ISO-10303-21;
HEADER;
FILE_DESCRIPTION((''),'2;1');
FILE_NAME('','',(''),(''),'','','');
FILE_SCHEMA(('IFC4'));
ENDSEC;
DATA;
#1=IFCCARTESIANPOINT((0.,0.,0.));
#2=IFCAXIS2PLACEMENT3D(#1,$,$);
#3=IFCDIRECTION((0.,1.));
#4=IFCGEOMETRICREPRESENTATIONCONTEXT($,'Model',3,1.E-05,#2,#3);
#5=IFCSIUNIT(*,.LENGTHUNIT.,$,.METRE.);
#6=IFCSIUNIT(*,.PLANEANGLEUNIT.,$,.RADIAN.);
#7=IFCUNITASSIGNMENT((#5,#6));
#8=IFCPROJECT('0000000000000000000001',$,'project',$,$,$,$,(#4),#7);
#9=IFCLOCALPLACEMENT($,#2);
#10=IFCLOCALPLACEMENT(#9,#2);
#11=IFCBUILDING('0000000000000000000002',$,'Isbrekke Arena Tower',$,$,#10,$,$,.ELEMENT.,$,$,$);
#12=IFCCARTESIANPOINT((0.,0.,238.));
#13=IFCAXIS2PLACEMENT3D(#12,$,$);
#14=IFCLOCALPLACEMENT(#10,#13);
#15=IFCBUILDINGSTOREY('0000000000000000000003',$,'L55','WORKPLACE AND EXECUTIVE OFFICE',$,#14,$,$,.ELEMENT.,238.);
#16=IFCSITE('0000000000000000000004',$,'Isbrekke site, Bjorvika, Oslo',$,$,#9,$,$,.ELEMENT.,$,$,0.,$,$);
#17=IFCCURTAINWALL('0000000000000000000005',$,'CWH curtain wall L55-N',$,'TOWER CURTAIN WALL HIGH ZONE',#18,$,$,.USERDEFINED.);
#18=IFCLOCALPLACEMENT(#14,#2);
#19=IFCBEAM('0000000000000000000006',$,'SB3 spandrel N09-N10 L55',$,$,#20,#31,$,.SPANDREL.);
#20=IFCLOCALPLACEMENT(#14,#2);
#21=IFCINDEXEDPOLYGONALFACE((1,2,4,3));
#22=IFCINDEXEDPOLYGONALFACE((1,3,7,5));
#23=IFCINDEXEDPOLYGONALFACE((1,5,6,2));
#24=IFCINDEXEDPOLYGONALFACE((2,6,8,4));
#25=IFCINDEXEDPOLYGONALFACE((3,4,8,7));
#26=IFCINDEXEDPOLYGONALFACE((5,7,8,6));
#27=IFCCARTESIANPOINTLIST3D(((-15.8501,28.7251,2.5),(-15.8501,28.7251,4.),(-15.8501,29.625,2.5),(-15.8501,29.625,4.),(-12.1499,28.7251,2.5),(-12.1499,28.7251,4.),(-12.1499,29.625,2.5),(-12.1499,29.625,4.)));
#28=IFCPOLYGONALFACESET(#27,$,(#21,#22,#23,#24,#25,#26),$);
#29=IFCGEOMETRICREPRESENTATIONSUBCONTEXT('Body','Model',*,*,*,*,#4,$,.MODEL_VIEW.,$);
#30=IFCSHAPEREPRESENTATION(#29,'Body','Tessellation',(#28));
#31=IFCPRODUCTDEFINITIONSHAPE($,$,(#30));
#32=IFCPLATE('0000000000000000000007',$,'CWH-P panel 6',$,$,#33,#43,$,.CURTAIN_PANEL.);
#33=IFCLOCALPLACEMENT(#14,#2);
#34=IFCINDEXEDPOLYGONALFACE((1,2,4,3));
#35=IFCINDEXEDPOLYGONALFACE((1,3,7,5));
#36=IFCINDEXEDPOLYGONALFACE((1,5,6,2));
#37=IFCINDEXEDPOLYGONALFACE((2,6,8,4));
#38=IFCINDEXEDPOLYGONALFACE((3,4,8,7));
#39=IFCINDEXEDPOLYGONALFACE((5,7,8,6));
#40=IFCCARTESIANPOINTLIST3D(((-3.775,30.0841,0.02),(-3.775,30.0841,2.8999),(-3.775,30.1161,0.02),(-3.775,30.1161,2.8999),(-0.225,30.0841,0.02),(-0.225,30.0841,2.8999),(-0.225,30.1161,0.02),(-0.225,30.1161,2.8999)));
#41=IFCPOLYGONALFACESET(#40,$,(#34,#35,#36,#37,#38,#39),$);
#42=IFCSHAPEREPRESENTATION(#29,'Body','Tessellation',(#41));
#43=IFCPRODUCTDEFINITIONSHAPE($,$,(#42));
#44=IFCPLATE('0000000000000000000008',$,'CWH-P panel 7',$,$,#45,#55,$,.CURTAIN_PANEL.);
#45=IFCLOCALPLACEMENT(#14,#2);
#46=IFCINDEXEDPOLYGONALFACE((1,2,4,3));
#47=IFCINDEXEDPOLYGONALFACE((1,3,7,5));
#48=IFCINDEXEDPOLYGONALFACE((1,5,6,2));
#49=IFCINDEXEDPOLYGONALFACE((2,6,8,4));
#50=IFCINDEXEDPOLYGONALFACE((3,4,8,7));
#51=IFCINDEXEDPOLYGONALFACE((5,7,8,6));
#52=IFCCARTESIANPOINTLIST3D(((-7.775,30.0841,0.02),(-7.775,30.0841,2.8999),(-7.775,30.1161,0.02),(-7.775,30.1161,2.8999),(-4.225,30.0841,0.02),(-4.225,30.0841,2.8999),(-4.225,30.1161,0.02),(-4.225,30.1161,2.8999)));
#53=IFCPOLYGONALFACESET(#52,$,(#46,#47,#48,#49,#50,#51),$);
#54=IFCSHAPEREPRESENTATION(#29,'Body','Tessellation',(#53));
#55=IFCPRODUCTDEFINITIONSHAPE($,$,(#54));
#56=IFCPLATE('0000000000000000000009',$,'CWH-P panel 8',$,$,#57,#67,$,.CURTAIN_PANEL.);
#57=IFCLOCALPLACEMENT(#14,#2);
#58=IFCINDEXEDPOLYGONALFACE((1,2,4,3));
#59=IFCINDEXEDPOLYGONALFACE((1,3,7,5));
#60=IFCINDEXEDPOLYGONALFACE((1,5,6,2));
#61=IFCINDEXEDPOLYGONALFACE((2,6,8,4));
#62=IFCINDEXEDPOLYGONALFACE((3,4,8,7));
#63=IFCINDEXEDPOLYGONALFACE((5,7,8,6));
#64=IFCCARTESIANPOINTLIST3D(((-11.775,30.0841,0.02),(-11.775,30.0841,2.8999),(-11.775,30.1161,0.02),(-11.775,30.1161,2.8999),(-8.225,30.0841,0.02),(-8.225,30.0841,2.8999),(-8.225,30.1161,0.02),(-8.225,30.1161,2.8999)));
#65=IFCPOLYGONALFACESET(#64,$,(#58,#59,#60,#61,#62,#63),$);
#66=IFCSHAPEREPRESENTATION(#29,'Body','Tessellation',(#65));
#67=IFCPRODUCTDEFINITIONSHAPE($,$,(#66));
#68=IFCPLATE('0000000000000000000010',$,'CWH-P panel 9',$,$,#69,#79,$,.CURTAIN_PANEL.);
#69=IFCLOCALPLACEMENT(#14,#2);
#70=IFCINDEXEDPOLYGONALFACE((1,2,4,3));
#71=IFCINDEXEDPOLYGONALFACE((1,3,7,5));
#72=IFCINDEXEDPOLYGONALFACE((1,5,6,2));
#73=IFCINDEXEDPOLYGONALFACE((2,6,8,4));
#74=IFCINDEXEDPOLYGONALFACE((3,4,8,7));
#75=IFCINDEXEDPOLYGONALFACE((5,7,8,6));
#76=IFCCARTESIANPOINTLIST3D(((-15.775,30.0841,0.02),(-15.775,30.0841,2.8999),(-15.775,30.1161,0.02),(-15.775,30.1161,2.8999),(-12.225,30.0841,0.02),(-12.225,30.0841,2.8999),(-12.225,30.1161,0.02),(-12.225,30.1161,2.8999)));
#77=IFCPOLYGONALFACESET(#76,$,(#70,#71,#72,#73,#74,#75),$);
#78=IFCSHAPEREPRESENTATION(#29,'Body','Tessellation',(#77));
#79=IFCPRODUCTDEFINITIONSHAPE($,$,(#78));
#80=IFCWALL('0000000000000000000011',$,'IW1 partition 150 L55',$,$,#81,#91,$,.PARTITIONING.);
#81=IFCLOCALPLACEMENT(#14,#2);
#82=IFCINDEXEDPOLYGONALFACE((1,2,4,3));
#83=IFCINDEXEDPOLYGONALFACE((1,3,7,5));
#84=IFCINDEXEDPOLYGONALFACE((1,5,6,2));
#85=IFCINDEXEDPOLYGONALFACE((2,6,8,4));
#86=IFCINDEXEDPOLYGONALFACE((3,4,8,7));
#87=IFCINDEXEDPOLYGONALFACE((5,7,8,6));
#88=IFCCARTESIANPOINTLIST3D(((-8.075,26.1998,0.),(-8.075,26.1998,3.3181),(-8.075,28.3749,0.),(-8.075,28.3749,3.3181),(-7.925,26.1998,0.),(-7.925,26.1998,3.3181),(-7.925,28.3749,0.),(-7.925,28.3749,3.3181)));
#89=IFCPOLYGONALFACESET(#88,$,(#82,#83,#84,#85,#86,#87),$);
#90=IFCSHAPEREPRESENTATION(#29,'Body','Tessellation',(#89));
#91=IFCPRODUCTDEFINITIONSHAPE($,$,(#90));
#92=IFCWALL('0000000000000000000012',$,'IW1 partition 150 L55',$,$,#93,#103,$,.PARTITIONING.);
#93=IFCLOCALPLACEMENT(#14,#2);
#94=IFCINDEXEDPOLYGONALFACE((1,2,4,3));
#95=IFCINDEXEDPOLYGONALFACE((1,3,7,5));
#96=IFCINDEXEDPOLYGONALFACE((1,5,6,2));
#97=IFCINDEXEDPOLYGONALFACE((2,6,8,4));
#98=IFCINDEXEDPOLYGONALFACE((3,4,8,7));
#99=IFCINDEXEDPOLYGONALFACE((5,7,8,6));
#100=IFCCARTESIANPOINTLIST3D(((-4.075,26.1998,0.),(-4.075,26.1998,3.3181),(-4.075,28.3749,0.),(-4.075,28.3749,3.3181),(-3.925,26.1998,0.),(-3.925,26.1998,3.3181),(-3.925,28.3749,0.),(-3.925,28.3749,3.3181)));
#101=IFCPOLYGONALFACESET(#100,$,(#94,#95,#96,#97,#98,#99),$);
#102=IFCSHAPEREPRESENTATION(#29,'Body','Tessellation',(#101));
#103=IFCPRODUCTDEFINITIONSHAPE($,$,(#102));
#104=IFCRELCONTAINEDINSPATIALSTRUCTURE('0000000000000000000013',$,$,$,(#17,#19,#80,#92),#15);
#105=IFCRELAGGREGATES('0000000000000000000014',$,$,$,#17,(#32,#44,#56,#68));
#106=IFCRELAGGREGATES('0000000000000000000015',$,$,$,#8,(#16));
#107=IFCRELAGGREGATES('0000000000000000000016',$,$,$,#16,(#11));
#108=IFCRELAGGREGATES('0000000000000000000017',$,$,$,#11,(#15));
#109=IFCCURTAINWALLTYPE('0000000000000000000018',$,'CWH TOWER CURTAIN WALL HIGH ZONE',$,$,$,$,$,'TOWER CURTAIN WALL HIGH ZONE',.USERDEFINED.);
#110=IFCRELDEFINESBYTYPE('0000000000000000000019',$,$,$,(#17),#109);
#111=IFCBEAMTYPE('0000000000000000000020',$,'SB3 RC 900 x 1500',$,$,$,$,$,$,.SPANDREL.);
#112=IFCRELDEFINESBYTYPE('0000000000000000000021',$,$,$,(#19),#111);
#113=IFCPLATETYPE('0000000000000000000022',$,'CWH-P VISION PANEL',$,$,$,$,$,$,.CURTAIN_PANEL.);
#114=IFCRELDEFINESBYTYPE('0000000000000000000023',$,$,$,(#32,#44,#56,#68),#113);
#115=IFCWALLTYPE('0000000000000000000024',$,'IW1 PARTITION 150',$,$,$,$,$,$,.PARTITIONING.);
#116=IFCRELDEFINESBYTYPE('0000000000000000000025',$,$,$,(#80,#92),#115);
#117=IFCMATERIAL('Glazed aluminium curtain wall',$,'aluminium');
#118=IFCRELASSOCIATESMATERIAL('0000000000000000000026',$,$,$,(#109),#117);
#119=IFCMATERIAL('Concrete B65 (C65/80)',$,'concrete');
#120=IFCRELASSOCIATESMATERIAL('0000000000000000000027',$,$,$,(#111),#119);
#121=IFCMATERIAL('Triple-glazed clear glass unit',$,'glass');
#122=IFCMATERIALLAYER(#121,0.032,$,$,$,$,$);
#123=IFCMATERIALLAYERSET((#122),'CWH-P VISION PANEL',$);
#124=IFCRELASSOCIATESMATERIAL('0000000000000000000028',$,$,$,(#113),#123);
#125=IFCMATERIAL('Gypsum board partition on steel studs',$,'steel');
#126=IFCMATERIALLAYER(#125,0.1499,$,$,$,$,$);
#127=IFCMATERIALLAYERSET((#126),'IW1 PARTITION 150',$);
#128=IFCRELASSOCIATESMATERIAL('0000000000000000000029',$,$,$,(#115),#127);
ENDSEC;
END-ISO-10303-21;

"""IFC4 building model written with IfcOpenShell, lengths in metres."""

from ifc_helpers import new_model, si_unit, direction, frame, frame_2d, origin, origin_2d, place, context, subcontext, project, spatial, rectangle, extrude, material, layer, layer_set, material_profile, profile_set, type_object, element, aggregate, save


model = new_model("IFC4")

# Units and contexts
model_context = context("Model", 3, precision=1e-05, world=origin(), true_north=direction((0.0, 1.0)))
body_context = subcontext(model_context, "Body", "Model", "MODEL_VIEW")
ifc_project = project(units=[si_unit("LENGTHUNIT", "METRE"), si_unit("PLANEANGLEUNIT", "RADIAN")], contexts=[model_context])

# Site, building, storey
site_placement = place(None, origin())
site = spatial("IfcSite", under=ifc_project, at=site_placement, Name="Isbrekke site, Bjorvika, Oslo", CompositionType="ELEMENT", RefElevation=0.0)
building_placement = place(site_placement, origin())
building = spatial("IfcBuilding", under=site, at=building_placement, Name="Isbrekke Arena Tower", CompositionType="ELEMENT")
storey_placement = place(building_placement, frame((0.0, 0.0, 238.0)))
storey = spatial("IfcBuildingStorey", under=building, at=storey_placement, Name="L55", Description="WORKPLACE AND EXECUTIVE OFFICE", CompositionType="ELEMENT", Elevation=238.0)

# Curtain wall
ifc_material_1 = material(Name="Glazed aluminium curtain wall", Category="aluminium")
curtain_wall_type = type_object("IfcCurtainWallType", Name="CWH TOWER CURTAIN WALL HIGH ZONE", ElementType="TOWER CURTAIN WALL HIGH ZONE", PredefinedType="USERDEFINED", material=ifc_material_1)
curtain_wall_placement = place(storey_placement, origin())
curtain_wall = element("IfcCurtainWall", 1, at=curtain_wall_placement, inside=storey, type_object=curtain_wall_type, Name="CWH curtain wall L55-N", ObjectType="TOWER CURTAIN WALL HIGH ZONE", PredefinedType="USERDEFINED")

# Beam
ifc_material_2 = material(Name="Concrete B65 (C65/80)", Category="concrete")
ifc_material_profile_1 = material_profile(ifc_material_2, rectangle(XDim=0.8999, YDim=1.5, at=origin_2d()), Name="RC 900x1500")
ifc_profile_set_1 = profile_set([ifc_material_profile_1], Name="Concrete B65 (C65/80)")
beam_type_1 = type_object("IfcBeamType", Name="SB3 RC 900 x 1500", PredefinedType="SPANDREL", material=ifc_profile_set_1)
for number, where, z_axis, x_axis, name in (
    (2, (-12.1499, 29.175, 3.25), (-1.0, 0.0, 0.0), (0.0, -1.0, 0.0), "SB3 spandrel N09-N10 L55"),
):
    element("IfcBeam", number, at=place(storey_placement, frame(where, z_axis=z_axis, x_axis=x_axis)), inside=storey, type_object=beam_type_1, Name=name, PredefinedType="SPANDREL", context=body_context, shape_type="SweptSolid", body=[
        extrude(rectangle(XDim=0.8999, YDim=1.5, at=origin_2d()), origin(), (0.0, 0.0, 1.0), 3.7002),
    ])

# Plates
ifc_material_3 = material(Name="Triple-glazed clear glass unit", Category="glass")
ifc_layer_1 = layer(ifc_material_3, 0.032)
ifc_layer_set_1 = layer_set([ifc_layer_1], Name="CWH-P VISION PANEL")
plate_type = type_object("IfcPlateType", Name="CWH-P VISION PANEL", PredefinedType="CURTAIN_PANEL", material=ifc_layer_set_1)
plate_1_placement = place(storey_placement, frame((-2.0, 30.1001, 0.02), z_axis=(0.0, 0.0, 1.0), x_axis=(-1.0, 0.0, 0.0)))
plate_1 = element("IfcPlate", 3, at=plate_1_placement, type_object=plate_type, Name="CWH-P panel 6", PredefinedType="CURTAIN_PANEL", context=body_context, shape_type="SweptSolid", body=[
    extrude(rectangle(XDim=3.55, YDim=0.032, at=origin_2d()), origin(), (0.0, 0.0, 1.0), 2.8799),
])
plate_2_placement = place(storey_placement, frame((-6.0, 30.1001, 0.02), z_axis=(0.0, 0.0, 1.0), x_axis=(-1.0, 0.0, 0.0)))
plate_2 = element("IfcPlate", 4, at=plate_2_placement, type_object=plate_type, Name="CWH-P panel 7", PredefinedType="CURTAIN_PANEL", context=body_context, shape_type="SweptSolid", body=[
    extrude(rectangle(XDim=3.55, YDim=0.032, at=origin_2d()), origin(), (0.0, 0.0, 1.0), 2.8799),
])
plate_3_placement = place(storey_placement, frame((-10.0, 30.1001, 0.02), z_axis=(0.0, 0.0, 1.0), x_axis=(-1.0, 0.0, 0.0)))
plate_3 = element("IfcPlate", 5, at=plate_3_placement, type_object=plate_type, Name="CWH-P panel 8", PredefinedType="CURTAIN_PANEL", context=body_context, shape_type="SweptSolid", body=[
    extrude(rectangle(XDim=3.55, YDim=0.032, at=origin_2d()), origin(), (0.0, 0.0, 1.0), 2.8799),
])
plate_4_placement = place(storey_placement, frame((-14.0, 30.1001, 0.02), z_axis=(0.0, 0.0, 1.0), x_axis=(-1.0, 0.0, 0.0)))
plate_4 = element("IfcPlate", 6, at=plate_4_placement, type_object=plate_type, Name="CWH-P panel 9", PredefinedType="CURTAIN_PANEL", context=body_context, shape_type="SweptSolid", body=[
    extrude(rectangle(XDim=3.55, YDim=0.032, at=origin_2d()), origin(), (0.0, 0.0, 1.0), 2.8799),
])
aggregate(curtain_wall, [plate_1, plate_2, plate_3, plate_4])

# Walls
ifc_material_4 = material(Name="Gypsum board partition on steel studs", Category="steel")
ifc_layer_2 = layer(ifc_material_4, 0.1499)
ifc_layer_set_2 = layer_set([ifc_layer_2], Name="IW1 PARTITION 150")
wall_type = type_object("IfcWallType", Name="IW1 PARTITION 150", PredefinedType="PARTITIONING", material=ifc_layer_set_2)
for number, where, z_axis, x_axis, name in (
    (7, (-8.0, 26.2, 0.0), (0.0, 0.0, 1.0), (0.0, 1.0, 0.0), "IW1 partition 150 L55"),
    (8, (-4.0, 26.2, 0.0), (0.0, 0.0, 1.0), (0.0, 1.0, 0.0), "IW1 partition 150 L55"),
):
    element("IfcWall", number, at=place(storey_placement, frame(where, z_axis=z_axis, x_axis=x_axis)), inside=storey, type_object=wall_type, Name=name, PredefinedType="PARTITIONING", context=body_context, shape_type="SweptSolid", body=[
        extrude(rectangle(XDim=2.175, YDim=0.1499, at=frame_2d((1.0874, 0.0))), origin(), (0.0, 0.0, 1.0), 3.3181),
    ])

save(model, "model.ifc")
